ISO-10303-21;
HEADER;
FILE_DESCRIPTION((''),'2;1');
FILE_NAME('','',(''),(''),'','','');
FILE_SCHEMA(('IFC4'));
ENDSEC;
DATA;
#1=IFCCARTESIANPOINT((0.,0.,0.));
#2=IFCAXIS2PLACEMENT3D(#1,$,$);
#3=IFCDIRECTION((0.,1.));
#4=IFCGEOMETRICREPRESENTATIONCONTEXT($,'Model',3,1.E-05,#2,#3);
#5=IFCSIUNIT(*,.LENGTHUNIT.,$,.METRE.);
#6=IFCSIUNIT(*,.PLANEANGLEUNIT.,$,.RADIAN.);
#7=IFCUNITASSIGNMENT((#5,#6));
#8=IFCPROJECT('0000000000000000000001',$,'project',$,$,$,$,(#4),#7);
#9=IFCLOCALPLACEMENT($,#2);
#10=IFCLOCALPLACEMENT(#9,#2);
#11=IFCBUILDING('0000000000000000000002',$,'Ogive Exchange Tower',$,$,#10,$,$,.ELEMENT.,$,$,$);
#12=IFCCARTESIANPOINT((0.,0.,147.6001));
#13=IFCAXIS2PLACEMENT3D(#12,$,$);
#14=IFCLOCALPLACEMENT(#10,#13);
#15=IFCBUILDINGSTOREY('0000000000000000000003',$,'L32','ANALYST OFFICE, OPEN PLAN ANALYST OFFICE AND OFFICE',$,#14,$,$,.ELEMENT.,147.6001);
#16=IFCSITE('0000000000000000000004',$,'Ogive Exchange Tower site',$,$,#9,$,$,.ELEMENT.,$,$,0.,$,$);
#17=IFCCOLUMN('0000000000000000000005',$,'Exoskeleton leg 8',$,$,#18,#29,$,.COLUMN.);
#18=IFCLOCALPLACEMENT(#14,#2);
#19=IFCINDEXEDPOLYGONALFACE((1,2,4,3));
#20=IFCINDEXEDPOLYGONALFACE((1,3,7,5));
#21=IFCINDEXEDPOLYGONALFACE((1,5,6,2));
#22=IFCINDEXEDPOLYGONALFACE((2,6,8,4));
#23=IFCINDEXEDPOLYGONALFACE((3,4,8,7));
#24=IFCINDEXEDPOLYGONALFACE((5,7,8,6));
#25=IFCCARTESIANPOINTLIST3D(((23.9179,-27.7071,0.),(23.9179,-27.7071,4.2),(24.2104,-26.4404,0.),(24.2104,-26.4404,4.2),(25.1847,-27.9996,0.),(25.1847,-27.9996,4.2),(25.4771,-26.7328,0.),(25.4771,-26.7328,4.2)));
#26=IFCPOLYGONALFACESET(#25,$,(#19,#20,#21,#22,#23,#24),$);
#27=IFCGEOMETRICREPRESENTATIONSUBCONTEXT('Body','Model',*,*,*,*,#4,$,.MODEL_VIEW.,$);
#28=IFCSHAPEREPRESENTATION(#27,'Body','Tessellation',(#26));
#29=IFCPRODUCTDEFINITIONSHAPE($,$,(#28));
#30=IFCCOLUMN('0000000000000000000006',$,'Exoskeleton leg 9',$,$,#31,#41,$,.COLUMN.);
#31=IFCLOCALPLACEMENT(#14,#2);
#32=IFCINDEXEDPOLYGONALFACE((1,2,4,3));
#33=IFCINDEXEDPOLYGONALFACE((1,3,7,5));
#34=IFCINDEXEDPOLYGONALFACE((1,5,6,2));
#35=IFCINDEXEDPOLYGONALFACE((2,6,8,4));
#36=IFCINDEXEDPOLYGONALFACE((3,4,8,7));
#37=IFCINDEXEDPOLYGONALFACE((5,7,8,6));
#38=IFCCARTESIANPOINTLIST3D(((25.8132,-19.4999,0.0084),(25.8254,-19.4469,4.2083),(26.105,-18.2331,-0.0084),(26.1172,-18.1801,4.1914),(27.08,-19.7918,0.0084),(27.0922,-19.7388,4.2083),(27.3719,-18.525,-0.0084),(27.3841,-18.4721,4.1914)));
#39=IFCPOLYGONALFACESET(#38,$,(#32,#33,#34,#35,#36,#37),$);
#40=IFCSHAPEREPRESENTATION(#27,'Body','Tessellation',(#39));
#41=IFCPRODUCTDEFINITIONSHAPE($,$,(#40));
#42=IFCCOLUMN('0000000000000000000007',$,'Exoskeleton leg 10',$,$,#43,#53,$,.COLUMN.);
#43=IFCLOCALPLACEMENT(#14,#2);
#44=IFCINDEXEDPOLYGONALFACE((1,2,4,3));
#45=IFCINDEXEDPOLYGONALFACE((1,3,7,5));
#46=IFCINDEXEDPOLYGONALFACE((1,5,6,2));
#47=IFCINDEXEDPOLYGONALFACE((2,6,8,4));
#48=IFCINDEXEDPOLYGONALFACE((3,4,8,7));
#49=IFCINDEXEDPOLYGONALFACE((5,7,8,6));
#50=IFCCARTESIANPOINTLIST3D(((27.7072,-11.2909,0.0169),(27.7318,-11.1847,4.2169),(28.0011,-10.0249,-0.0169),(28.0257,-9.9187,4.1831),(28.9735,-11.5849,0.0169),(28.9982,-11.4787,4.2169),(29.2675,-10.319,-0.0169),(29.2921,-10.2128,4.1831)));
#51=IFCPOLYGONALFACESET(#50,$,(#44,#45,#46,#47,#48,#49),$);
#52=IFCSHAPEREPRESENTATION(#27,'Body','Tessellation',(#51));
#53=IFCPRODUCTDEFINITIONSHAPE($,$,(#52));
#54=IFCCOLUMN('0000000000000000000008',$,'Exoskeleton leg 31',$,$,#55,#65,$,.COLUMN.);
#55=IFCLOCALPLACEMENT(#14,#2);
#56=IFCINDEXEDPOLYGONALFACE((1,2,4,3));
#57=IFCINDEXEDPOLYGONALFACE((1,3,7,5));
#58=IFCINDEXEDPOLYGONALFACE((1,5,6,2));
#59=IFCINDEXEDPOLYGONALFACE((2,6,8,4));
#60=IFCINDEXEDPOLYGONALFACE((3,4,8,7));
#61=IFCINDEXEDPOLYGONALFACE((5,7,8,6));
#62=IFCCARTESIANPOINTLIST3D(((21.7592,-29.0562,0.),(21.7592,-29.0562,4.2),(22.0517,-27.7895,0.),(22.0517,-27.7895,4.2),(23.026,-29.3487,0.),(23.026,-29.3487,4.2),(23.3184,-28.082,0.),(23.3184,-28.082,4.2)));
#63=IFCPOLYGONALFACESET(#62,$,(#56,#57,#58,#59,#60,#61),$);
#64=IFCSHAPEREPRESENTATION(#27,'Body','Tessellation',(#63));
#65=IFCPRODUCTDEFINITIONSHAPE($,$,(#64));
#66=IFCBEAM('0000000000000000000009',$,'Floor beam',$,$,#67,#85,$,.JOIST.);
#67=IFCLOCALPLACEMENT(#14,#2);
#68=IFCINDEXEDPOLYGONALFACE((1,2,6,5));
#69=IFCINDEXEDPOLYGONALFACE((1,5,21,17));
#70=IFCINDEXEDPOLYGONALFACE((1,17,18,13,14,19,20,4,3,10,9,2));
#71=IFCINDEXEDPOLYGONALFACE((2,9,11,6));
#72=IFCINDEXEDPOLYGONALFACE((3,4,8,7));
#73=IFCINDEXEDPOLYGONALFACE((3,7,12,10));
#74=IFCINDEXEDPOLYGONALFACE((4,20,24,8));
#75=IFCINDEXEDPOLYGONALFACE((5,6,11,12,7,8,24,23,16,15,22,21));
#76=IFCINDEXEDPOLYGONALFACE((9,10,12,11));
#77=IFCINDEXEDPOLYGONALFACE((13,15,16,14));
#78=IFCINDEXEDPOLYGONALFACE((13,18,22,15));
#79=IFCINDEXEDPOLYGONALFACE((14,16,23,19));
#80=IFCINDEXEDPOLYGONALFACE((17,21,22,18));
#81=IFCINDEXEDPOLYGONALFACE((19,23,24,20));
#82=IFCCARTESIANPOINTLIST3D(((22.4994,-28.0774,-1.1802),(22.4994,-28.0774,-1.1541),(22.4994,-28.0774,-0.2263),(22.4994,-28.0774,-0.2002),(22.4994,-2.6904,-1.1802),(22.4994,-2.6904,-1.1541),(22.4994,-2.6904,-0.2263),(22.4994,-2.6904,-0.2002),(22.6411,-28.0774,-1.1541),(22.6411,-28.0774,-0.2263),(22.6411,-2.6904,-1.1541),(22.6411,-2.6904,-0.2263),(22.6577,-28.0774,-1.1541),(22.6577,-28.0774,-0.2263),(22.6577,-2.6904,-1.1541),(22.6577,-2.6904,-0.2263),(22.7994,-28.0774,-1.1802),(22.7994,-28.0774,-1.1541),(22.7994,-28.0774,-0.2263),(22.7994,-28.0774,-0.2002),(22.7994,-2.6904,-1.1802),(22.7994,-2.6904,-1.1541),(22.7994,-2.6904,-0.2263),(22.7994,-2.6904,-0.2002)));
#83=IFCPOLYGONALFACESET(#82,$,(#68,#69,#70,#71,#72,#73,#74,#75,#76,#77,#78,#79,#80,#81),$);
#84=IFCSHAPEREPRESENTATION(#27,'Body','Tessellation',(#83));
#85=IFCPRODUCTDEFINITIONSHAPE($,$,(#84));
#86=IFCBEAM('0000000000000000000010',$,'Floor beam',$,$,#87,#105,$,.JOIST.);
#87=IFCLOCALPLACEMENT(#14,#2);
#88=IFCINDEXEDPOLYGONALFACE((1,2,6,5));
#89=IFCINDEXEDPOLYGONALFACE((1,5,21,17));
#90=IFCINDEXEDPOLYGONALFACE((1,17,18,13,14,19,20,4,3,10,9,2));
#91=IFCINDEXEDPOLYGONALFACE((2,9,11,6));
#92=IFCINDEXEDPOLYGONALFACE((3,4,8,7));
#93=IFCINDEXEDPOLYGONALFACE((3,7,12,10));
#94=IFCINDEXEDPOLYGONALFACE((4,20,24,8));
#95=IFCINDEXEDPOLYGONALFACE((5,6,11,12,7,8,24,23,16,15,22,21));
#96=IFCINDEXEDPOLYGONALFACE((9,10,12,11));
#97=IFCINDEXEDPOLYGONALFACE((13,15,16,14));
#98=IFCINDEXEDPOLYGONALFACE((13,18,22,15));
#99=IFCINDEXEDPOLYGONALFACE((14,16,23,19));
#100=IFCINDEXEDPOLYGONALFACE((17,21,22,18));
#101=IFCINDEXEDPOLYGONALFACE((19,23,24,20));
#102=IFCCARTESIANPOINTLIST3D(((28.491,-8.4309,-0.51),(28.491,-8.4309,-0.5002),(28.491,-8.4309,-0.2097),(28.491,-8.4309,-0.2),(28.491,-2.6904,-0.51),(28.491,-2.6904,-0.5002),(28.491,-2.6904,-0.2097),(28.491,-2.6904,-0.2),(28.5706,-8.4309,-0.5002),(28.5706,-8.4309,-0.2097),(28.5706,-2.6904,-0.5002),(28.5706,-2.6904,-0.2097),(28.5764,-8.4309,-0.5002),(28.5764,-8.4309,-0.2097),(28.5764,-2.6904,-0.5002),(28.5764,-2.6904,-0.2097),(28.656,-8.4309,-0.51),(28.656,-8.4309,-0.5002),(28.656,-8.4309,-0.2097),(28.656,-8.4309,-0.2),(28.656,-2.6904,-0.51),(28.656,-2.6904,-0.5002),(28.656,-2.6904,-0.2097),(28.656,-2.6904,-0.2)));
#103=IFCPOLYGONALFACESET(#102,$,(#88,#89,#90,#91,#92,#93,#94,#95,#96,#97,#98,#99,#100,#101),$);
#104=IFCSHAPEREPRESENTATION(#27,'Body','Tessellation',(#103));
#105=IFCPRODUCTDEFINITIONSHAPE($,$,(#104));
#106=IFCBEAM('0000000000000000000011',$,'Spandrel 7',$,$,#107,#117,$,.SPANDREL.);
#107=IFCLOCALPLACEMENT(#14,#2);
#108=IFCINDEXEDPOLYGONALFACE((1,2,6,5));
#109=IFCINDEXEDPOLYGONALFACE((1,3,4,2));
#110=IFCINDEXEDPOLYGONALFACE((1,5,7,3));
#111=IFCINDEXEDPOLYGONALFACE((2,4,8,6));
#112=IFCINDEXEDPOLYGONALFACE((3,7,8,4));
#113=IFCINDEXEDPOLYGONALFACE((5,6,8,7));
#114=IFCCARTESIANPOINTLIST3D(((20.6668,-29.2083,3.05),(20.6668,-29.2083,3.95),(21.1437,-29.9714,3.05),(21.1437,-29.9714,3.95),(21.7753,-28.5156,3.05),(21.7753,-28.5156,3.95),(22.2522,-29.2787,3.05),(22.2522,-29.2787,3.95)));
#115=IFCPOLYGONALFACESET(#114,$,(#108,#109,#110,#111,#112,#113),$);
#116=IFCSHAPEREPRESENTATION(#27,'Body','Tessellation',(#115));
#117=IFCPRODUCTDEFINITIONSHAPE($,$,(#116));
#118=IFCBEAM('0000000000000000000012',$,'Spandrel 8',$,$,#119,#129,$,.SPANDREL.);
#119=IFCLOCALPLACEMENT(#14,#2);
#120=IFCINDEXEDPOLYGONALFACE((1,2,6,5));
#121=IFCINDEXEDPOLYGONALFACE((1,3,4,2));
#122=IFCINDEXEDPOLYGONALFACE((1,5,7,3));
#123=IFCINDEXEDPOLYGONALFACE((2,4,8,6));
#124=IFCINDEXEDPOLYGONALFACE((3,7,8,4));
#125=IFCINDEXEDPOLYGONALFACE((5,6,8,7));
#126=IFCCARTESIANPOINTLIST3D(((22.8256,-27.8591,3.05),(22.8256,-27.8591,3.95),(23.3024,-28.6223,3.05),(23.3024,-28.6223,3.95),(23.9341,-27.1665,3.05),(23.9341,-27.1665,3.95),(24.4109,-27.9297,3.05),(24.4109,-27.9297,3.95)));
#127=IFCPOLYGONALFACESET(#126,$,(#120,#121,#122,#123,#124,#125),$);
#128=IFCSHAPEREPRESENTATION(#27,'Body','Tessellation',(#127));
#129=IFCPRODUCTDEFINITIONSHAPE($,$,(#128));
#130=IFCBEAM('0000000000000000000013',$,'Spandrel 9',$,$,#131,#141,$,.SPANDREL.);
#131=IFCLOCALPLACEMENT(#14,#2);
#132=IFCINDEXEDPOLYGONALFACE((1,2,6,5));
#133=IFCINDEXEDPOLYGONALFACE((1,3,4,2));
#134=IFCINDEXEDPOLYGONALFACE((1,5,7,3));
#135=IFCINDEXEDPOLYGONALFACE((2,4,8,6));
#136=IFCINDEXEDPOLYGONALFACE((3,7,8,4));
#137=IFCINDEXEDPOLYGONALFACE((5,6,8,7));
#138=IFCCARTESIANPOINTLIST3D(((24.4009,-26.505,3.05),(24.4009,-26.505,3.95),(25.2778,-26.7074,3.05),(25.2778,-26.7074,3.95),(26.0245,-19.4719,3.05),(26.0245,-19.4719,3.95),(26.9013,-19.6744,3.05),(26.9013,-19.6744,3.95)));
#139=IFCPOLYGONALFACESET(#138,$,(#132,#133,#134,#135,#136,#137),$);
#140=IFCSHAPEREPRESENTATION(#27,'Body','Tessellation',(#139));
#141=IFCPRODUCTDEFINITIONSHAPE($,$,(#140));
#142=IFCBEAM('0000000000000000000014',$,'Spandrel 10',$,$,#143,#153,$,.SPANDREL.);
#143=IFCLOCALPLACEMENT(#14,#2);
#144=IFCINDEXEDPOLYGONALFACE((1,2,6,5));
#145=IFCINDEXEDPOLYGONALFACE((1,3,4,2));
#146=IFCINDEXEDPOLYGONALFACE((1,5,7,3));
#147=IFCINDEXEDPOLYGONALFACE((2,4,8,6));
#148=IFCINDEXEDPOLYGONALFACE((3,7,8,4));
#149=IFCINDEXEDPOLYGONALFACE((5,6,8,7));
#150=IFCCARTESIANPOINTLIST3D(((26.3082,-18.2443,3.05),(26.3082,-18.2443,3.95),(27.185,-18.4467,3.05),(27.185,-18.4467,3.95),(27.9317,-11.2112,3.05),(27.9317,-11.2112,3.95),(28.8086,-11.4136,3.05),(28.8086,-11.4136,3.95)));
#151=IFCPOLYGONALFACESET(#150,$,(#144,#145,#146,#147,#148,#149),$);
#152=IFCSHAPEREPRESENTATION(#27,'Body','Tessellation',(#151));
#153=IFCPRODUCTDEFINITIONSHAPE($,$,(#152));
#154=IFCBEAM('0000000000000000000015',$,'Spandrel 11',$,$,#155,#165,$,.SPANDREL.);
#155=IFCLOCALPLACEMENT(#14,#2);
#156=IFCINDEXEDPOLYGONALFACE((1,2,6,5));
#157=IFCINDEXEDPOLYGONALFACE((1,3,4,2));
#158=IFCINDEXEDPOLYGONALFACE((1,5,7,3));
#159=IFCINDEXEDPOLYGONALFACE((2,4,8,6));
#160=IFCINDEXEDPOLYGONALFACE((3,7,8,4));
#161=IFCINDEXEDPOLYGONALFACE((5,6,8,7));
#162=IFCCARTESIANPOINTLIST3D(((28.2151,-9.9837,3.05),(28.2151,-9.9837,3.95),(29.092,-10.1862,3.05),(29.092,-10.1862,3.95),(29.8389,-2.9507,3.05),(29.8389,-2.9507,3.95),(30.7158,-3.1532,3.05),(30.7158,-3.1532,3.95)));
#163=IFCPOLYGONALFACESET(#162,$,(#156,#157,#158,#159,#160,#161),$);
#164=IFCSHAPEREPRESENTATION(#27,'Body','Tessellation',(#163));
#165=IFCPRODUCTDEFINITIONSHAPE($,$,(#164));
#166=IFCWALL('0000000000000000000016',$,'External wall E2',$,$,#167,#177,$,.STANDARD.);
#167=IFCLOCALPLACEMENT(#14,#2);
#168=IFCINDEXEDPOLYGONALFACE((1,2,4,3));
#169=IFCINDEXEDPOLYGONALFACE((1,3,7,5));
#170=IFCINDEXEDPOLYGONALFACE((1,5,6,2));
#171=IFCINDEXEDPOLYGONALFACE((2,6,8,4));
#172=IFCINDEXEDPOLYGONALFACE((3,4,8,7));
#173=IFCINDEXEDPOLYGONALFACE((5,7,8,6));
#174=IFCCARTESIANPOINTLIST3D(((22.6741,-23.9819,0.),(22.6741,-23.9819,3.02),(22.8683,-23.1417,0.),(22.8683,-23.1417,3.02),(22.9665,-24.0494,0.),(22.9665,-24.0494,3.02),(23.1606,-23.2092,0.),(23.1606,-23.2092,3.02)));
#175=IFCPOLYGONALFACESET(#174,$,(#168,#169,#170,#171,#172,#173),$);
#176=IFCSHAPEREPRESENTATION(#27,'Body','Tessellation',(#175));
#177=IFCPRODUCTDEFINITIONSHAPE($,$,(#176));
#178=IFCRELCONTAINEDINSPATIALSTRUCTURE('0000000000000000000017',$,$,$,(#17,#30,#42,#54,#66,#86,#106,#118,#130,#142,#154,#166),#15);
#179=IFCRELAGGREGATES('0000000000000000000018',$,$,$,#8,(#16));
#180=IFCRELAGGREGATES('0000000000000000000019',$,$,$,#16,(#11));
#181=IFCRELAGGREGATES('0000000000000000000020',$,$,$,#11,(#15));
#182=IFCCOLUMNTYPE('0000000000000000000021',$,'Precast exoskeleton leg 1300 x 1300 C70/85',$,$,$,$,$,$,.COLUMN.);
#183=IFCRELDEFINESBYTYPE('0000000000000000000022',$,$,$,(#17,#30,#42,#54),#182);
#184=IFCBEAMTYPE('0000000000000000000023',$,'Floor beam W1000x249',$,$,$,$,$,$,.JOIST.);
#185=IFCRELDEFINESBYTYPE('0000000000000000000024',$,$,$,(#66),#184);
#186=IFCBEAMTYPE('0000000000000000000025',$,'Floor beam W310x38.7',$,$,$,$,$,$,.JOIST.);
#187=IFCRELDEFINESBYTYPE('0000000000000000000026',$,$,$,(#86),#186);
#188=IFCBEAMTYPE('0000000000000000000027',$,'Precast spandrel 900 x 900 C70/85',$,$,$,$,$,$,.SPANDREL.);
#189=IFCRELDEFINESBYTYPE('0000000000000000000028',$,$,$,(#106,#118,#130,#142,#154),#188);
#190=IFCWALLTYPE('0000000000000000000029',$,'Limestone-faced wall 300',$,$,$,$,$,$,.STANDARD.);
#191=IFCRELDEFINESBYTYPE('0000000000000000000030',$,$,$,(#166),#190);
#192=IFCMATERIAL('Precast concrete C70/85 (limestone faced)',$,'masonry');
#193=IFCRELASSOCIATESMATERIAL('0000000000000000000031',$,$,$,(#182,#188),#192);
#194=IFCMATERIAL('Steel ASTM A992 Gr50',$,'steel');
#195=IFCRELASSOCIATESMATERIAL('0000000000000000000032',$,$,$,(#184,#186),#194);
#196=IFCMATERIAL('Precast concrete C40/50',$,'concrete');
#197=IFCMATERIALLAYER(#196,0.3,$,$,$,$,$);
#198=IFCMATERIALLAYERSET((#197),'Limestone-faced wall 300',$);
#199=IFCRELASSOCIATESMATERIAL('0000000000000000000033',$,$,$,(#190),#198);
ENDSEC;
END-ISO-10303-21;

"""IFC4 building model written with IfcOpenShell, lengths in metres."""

from ifc_helpers import new_model, si_unit, direction, frame, frame_2d, origin, origin_2d, place, context, subcontext, project, spatial, rectangle, i_section, extrude, material, layer, layer_set, material_profile, profile_set, type_object, element, save


model = new_model("IFC4")

# Units and contexts
model_context = context("Model", 3, precision=1e-05, world=origin(), true_north=direction((0.0, 1.0)))
body_context = subcontext(model_context, "Body", "Model", "MODEL_VIEW")
ifc_project = project(units=[si_unit("LENGTHUNIT", "METRE"), si_unit("PLANEANGLEUNIT", "RADIAN")], contexts=[model_context])

# Site, building, storey
site_placement = place(None, origin())
site = spatial("IfcSite", under=ifc_project, at=site_placement, Name="Ogive Exchange Tower site", CompositionType="ELEMENT", RefElevation=0.0)
building_placement = place(site_placement, origin())
building = spatial("IfcBuilding", under=site, at=building_placement, Name="Ogive Exchange Tower", CompositionType="ELEMENT")
storey_placement = place(building_placement, frame((0.0, 0.0, 147.6001)))
storey = spatial("IfcBuildingStorey", under=building, at=storey_placement, Name="L32", Description="ANALYST OFFICE, OPEN PLAN ANALYST OFFICE AND OFFICE", CompositionType="ELEMENT", Elevation=147.6001)

# Columns
ifc_material_1 = material(Name="Precast concrete C70/85 (limestone faced)", Category="masonry")
ifc_material_profile_1 = material_profile(ifc_material_1, rectangle(XDim=1.3, YDim=1.3, at=origin_2d()), Name="1300 x 1300")
ifc_profile_set_1 = profile_set([ifc_material_profile_1], Name="Precast concrete C70/85 (limestone faced)")
column_type = type_object("IfcColumnType", Name="Precast exoskeleton leg 1300 x 1300 C70/85", PredefinedType="COLUMN", material=ifc_profile_set_1)
column_1_placement = place(storey_placement, frame((24.6975, -27.22, 0.0), z_axis=(0.0, 0.0, 1.0), x_axis=(0.97437, -0.224951, 0.0)))
element("IfcColumn", 1, at=column_1_placement, inside=storey, type_object=column_type, Name="Exoskeleton leg 8", PredefinedType="COLUMN", context=body_context, shape_type="SweptSolid", body=[
    extrude(rectangle(XDim=1.3, YDim=1.3, at=origin_2d()), origin(), (0.0, 0.0, 1.0), 4.2),
])
column_2_placement = place(storey_placement, frame((26.5925, -19.0125, 0.0), z_axis=(0.002906, 0.012613, 0.999916), x_axis=(-0.974467, 0.224532, 0.0)))
element("IfcColumn", 2, at=column_2_placement, inside=storey, type_object=column_type, Name="Exoskeleton leg 9", PredefinedType="COLUMN", context=body_context, shape_type="SweptSolid", body=[
    extrude(rectangle(XDim=1.3, YDim=1.3, at=origin_2d()), origin(), (0.0, 0.0, 1.0), 4.2002),
])
column_3_placement = place(storey_placement, frame((28.4873, -10.8049, 0.0), z_axis=(0.005869, 0.025278, 0.999663), x_axis=(-0.974088, 0.226168, 0.0)))
element("IfcColumn", 3, at=column_3_placement, inside=storey, type_object=column_type, Name="Exoskeleton leg 10", PredefinedType="COLUMN", context=body_context, shape_type="SweptSolid", body=[
    extrude(rectangle(XDim=1.3, YDim=1.3, at=origin_2d()), origin(), (0.0, 0.0, 1.0), 4.2014),
])
column_4_placement = place(storey_placement, frame((22.5388, -28.5691, 0.0), z_axis=(0.0, 0.0, 1.0), x_axis=(0.97437, -0.224951, 0.0)))
element("IfcColumn", 4, at=column_4_placement, inside=storey, type_object=column_type, Name="Exoskeleton leg 31", PredefinedType="COLUMN", context=body_context, shape_type="SweptSolid", body=[
    extrude(rectangle(XDim=1.3, YDim=1.3, at=origin_2d()), origin(), (0.0, 0.0, 1.0), 4.2),
])

# Beams
ifc_material_2 = material(Name="Steel ASTM A992 Gr50", Category="steel")
ifc_material_profile_2 = material_profile(ifc_material_2, i_section(OverallWidth=0.3, OverallDepth=0.98, WebThickness=0.0166, FlangeThickness=0.0261, at=origin_2d()), Name="W1000x249")
ifc_profile_set_2 = profile_set([ifc_material_profile_2], Name="Steel ASTM A992 Gr50")
beam_type_1 = type_object("IfcBeamType", Name="Floor beam W1000x249", PredefinedType="JOIST", material=ifc_profile_set_2)
beam_1_placement = place(storey_placement, frame((22.6494, -28.0774, -0.6902), z_axis=(0.0, 1.0, 0.0), x_axis=(-1.0, 0.0, 0.0)))
element("IfcBeam", 5, at=beam_1_placement, inside=storey, type_object=beam_type_1, Name="Floor beam", PredefinedType="JOIST", context=body_context, shape_type="SweptSolid", body=[
    extrude(i_section(OverallWidth=0.3, OverallDepth=0.98, WebThickness=0.0166, FlangeThickness=0.0261, at=origin_2d()), origin(), (0.0, 0.0, 1.0), 25.387),
])
ifc_material_profile_3 = material_profile(ifc_material_2, i_section(OverallWidth=0.165, OverallDepth=0.3101, WebThickness=0.0059, FlangeThickness=0.0098, at=origin_2d()), Name="W310x38.7")
ifc_profile_set_3 = profile_set([ifc_material_profile_3], Name="Steel ASTM A992 Gr50")
beam_type_2 = type_object("IfcBeamType", Name="Floor beam W310x38.7", PredefinedType="JOIST", material=ifc_profile_set_3)
beam_2_placement = place(storey_placement, frame((28.5735, -8.4309, -0.355), z_axis=(0.0, 1.0, 0.0), x_axis=(-1.0, 0.0, 0.0)))
element("IfcBeam", 6, at=beam_2_placement, inside=storey, type_object=beam_type_2, Name="Floor beam", PredefinedType="JOIST", context=body_context, shape_type="SweptSolid", body=[
    extrude(i_section(OverallWidth=0.165, OverallDepth=0.3101, WebThickness=0.0059, FlangeThickness=0.0098, at=origin_2d()), origin(), (0.0, 0.0, 1.0), 5.7405),
])
ifc_material_profile_4 = material_profile(ifc_material_1, rectangle(XDim=0.8999, YDim=0.8999, at=origin_2d()), Name="900 x 900")
ifc_profile_set_4 = profile_set([ifc_material_profile_4], Name="Precast concrete C70/85 (limestone faced)")
beam_type_3 = type_object("IfcBeamType", Name="Precast spandrel 900 x 900 C70/85", PredefinedType="SPANDREL", material=ifc_profile_set_4)
for number, where, z_axis, x_axis, name in (
    (7, (20.9053, -29.5898, 3.5), (0.84804, 0.529932, 0.0), (-0.529932, 0.84804, 0.0), "Spandrel 7"),
    (8, (23.064, -28.2407, 3.5), (0.848093, 0.529848, 0.0), (-0.529848, 0.848093, 0.0), "Spandrel 8"),
):
    element("IfcBeam", number, at=place(storey_placement, frame(where, z_axis=z_axis, x_axis=x_axis)), inside=storey, type_object=beam_type_3, Name=name, PredefinedType="SPANDREL", context=body_context, shape_type="SweptSolid", body=[
        extrude(rectangle(XDim=0.8999, YDim=0.8999, at=origin_2d()), origin(), (0.0, 0.0, 1.0), 1.3071),
    ])
for number, where, z_axis, x_axis, name in (
    (9, (24.8394, -26.6062, 3.5), (0.224931, 0.974375, 0.0), (-0.974375, 0.224931, 0.0), "Spandrel 9"),
    (10, (26.7466, -18.3455, 3.5), (0.224931, 0.974375, 0.0), (-0.974375, 0.224931, 0.0), "Spandrel 10"),
    (11, (28.6536, -10.085, 3.5), (0.224963, 0.974367, 0.0), (-0.974367, 0.224963, 0.0), "Spandrel 11"),
):
    element("IfcBeam", number, at=place(storey_placement, frame(where, z_axis=z_axis, x_axis=x_axis)), inside=storey, type_object=beam_type_3, Name=name, PredefinedType="SPANDREL", context=body_context, shape_type="SweptSolid", body=[
        extrude(rectangle(XDim=0.8999, YDim=0.8999, at=origin_2d()), origin(), (0.0, 0.0, 1.0), 7.218),
    ])

# Wall
ifc_material_3 = material(Name="Precast concrete C40/50", Category="concrete")
ifc_layer_1 = layer(ifc_material_3, 0.3)
ifc_layer_set_1 = layer_set([ifc_layer_1], Name="Limestone-faced wall 300")
wall_type_1 = type_object("IfcWallType", Name="Limestone-faced wall 300", PredefinedType="STANDARD", material=ifc_layer_set_1)
wall_1_placement = place(storey_placement, frame((22.8203, -24.0156, 0.0), z_axis=(0.0, 0.0, 1.0), x_axis=(0.225108, 0.974334, 0.0)))
element("IfcWall", 12, at=wall_1_placement, inside=storey, type_object=wall_type_1, Name="External wall E2", PredefinedType="STANDARD", context=body_context, shape_type="SweptSolid", body=[
    extrude(rectangle(XDim=0.8623, YDim=0.3, at=frame_2d((0.4312, 0.0))), origin(), (0.0, 0.0, 1.0), 3.02),
])

save(model, "model.ifc")
